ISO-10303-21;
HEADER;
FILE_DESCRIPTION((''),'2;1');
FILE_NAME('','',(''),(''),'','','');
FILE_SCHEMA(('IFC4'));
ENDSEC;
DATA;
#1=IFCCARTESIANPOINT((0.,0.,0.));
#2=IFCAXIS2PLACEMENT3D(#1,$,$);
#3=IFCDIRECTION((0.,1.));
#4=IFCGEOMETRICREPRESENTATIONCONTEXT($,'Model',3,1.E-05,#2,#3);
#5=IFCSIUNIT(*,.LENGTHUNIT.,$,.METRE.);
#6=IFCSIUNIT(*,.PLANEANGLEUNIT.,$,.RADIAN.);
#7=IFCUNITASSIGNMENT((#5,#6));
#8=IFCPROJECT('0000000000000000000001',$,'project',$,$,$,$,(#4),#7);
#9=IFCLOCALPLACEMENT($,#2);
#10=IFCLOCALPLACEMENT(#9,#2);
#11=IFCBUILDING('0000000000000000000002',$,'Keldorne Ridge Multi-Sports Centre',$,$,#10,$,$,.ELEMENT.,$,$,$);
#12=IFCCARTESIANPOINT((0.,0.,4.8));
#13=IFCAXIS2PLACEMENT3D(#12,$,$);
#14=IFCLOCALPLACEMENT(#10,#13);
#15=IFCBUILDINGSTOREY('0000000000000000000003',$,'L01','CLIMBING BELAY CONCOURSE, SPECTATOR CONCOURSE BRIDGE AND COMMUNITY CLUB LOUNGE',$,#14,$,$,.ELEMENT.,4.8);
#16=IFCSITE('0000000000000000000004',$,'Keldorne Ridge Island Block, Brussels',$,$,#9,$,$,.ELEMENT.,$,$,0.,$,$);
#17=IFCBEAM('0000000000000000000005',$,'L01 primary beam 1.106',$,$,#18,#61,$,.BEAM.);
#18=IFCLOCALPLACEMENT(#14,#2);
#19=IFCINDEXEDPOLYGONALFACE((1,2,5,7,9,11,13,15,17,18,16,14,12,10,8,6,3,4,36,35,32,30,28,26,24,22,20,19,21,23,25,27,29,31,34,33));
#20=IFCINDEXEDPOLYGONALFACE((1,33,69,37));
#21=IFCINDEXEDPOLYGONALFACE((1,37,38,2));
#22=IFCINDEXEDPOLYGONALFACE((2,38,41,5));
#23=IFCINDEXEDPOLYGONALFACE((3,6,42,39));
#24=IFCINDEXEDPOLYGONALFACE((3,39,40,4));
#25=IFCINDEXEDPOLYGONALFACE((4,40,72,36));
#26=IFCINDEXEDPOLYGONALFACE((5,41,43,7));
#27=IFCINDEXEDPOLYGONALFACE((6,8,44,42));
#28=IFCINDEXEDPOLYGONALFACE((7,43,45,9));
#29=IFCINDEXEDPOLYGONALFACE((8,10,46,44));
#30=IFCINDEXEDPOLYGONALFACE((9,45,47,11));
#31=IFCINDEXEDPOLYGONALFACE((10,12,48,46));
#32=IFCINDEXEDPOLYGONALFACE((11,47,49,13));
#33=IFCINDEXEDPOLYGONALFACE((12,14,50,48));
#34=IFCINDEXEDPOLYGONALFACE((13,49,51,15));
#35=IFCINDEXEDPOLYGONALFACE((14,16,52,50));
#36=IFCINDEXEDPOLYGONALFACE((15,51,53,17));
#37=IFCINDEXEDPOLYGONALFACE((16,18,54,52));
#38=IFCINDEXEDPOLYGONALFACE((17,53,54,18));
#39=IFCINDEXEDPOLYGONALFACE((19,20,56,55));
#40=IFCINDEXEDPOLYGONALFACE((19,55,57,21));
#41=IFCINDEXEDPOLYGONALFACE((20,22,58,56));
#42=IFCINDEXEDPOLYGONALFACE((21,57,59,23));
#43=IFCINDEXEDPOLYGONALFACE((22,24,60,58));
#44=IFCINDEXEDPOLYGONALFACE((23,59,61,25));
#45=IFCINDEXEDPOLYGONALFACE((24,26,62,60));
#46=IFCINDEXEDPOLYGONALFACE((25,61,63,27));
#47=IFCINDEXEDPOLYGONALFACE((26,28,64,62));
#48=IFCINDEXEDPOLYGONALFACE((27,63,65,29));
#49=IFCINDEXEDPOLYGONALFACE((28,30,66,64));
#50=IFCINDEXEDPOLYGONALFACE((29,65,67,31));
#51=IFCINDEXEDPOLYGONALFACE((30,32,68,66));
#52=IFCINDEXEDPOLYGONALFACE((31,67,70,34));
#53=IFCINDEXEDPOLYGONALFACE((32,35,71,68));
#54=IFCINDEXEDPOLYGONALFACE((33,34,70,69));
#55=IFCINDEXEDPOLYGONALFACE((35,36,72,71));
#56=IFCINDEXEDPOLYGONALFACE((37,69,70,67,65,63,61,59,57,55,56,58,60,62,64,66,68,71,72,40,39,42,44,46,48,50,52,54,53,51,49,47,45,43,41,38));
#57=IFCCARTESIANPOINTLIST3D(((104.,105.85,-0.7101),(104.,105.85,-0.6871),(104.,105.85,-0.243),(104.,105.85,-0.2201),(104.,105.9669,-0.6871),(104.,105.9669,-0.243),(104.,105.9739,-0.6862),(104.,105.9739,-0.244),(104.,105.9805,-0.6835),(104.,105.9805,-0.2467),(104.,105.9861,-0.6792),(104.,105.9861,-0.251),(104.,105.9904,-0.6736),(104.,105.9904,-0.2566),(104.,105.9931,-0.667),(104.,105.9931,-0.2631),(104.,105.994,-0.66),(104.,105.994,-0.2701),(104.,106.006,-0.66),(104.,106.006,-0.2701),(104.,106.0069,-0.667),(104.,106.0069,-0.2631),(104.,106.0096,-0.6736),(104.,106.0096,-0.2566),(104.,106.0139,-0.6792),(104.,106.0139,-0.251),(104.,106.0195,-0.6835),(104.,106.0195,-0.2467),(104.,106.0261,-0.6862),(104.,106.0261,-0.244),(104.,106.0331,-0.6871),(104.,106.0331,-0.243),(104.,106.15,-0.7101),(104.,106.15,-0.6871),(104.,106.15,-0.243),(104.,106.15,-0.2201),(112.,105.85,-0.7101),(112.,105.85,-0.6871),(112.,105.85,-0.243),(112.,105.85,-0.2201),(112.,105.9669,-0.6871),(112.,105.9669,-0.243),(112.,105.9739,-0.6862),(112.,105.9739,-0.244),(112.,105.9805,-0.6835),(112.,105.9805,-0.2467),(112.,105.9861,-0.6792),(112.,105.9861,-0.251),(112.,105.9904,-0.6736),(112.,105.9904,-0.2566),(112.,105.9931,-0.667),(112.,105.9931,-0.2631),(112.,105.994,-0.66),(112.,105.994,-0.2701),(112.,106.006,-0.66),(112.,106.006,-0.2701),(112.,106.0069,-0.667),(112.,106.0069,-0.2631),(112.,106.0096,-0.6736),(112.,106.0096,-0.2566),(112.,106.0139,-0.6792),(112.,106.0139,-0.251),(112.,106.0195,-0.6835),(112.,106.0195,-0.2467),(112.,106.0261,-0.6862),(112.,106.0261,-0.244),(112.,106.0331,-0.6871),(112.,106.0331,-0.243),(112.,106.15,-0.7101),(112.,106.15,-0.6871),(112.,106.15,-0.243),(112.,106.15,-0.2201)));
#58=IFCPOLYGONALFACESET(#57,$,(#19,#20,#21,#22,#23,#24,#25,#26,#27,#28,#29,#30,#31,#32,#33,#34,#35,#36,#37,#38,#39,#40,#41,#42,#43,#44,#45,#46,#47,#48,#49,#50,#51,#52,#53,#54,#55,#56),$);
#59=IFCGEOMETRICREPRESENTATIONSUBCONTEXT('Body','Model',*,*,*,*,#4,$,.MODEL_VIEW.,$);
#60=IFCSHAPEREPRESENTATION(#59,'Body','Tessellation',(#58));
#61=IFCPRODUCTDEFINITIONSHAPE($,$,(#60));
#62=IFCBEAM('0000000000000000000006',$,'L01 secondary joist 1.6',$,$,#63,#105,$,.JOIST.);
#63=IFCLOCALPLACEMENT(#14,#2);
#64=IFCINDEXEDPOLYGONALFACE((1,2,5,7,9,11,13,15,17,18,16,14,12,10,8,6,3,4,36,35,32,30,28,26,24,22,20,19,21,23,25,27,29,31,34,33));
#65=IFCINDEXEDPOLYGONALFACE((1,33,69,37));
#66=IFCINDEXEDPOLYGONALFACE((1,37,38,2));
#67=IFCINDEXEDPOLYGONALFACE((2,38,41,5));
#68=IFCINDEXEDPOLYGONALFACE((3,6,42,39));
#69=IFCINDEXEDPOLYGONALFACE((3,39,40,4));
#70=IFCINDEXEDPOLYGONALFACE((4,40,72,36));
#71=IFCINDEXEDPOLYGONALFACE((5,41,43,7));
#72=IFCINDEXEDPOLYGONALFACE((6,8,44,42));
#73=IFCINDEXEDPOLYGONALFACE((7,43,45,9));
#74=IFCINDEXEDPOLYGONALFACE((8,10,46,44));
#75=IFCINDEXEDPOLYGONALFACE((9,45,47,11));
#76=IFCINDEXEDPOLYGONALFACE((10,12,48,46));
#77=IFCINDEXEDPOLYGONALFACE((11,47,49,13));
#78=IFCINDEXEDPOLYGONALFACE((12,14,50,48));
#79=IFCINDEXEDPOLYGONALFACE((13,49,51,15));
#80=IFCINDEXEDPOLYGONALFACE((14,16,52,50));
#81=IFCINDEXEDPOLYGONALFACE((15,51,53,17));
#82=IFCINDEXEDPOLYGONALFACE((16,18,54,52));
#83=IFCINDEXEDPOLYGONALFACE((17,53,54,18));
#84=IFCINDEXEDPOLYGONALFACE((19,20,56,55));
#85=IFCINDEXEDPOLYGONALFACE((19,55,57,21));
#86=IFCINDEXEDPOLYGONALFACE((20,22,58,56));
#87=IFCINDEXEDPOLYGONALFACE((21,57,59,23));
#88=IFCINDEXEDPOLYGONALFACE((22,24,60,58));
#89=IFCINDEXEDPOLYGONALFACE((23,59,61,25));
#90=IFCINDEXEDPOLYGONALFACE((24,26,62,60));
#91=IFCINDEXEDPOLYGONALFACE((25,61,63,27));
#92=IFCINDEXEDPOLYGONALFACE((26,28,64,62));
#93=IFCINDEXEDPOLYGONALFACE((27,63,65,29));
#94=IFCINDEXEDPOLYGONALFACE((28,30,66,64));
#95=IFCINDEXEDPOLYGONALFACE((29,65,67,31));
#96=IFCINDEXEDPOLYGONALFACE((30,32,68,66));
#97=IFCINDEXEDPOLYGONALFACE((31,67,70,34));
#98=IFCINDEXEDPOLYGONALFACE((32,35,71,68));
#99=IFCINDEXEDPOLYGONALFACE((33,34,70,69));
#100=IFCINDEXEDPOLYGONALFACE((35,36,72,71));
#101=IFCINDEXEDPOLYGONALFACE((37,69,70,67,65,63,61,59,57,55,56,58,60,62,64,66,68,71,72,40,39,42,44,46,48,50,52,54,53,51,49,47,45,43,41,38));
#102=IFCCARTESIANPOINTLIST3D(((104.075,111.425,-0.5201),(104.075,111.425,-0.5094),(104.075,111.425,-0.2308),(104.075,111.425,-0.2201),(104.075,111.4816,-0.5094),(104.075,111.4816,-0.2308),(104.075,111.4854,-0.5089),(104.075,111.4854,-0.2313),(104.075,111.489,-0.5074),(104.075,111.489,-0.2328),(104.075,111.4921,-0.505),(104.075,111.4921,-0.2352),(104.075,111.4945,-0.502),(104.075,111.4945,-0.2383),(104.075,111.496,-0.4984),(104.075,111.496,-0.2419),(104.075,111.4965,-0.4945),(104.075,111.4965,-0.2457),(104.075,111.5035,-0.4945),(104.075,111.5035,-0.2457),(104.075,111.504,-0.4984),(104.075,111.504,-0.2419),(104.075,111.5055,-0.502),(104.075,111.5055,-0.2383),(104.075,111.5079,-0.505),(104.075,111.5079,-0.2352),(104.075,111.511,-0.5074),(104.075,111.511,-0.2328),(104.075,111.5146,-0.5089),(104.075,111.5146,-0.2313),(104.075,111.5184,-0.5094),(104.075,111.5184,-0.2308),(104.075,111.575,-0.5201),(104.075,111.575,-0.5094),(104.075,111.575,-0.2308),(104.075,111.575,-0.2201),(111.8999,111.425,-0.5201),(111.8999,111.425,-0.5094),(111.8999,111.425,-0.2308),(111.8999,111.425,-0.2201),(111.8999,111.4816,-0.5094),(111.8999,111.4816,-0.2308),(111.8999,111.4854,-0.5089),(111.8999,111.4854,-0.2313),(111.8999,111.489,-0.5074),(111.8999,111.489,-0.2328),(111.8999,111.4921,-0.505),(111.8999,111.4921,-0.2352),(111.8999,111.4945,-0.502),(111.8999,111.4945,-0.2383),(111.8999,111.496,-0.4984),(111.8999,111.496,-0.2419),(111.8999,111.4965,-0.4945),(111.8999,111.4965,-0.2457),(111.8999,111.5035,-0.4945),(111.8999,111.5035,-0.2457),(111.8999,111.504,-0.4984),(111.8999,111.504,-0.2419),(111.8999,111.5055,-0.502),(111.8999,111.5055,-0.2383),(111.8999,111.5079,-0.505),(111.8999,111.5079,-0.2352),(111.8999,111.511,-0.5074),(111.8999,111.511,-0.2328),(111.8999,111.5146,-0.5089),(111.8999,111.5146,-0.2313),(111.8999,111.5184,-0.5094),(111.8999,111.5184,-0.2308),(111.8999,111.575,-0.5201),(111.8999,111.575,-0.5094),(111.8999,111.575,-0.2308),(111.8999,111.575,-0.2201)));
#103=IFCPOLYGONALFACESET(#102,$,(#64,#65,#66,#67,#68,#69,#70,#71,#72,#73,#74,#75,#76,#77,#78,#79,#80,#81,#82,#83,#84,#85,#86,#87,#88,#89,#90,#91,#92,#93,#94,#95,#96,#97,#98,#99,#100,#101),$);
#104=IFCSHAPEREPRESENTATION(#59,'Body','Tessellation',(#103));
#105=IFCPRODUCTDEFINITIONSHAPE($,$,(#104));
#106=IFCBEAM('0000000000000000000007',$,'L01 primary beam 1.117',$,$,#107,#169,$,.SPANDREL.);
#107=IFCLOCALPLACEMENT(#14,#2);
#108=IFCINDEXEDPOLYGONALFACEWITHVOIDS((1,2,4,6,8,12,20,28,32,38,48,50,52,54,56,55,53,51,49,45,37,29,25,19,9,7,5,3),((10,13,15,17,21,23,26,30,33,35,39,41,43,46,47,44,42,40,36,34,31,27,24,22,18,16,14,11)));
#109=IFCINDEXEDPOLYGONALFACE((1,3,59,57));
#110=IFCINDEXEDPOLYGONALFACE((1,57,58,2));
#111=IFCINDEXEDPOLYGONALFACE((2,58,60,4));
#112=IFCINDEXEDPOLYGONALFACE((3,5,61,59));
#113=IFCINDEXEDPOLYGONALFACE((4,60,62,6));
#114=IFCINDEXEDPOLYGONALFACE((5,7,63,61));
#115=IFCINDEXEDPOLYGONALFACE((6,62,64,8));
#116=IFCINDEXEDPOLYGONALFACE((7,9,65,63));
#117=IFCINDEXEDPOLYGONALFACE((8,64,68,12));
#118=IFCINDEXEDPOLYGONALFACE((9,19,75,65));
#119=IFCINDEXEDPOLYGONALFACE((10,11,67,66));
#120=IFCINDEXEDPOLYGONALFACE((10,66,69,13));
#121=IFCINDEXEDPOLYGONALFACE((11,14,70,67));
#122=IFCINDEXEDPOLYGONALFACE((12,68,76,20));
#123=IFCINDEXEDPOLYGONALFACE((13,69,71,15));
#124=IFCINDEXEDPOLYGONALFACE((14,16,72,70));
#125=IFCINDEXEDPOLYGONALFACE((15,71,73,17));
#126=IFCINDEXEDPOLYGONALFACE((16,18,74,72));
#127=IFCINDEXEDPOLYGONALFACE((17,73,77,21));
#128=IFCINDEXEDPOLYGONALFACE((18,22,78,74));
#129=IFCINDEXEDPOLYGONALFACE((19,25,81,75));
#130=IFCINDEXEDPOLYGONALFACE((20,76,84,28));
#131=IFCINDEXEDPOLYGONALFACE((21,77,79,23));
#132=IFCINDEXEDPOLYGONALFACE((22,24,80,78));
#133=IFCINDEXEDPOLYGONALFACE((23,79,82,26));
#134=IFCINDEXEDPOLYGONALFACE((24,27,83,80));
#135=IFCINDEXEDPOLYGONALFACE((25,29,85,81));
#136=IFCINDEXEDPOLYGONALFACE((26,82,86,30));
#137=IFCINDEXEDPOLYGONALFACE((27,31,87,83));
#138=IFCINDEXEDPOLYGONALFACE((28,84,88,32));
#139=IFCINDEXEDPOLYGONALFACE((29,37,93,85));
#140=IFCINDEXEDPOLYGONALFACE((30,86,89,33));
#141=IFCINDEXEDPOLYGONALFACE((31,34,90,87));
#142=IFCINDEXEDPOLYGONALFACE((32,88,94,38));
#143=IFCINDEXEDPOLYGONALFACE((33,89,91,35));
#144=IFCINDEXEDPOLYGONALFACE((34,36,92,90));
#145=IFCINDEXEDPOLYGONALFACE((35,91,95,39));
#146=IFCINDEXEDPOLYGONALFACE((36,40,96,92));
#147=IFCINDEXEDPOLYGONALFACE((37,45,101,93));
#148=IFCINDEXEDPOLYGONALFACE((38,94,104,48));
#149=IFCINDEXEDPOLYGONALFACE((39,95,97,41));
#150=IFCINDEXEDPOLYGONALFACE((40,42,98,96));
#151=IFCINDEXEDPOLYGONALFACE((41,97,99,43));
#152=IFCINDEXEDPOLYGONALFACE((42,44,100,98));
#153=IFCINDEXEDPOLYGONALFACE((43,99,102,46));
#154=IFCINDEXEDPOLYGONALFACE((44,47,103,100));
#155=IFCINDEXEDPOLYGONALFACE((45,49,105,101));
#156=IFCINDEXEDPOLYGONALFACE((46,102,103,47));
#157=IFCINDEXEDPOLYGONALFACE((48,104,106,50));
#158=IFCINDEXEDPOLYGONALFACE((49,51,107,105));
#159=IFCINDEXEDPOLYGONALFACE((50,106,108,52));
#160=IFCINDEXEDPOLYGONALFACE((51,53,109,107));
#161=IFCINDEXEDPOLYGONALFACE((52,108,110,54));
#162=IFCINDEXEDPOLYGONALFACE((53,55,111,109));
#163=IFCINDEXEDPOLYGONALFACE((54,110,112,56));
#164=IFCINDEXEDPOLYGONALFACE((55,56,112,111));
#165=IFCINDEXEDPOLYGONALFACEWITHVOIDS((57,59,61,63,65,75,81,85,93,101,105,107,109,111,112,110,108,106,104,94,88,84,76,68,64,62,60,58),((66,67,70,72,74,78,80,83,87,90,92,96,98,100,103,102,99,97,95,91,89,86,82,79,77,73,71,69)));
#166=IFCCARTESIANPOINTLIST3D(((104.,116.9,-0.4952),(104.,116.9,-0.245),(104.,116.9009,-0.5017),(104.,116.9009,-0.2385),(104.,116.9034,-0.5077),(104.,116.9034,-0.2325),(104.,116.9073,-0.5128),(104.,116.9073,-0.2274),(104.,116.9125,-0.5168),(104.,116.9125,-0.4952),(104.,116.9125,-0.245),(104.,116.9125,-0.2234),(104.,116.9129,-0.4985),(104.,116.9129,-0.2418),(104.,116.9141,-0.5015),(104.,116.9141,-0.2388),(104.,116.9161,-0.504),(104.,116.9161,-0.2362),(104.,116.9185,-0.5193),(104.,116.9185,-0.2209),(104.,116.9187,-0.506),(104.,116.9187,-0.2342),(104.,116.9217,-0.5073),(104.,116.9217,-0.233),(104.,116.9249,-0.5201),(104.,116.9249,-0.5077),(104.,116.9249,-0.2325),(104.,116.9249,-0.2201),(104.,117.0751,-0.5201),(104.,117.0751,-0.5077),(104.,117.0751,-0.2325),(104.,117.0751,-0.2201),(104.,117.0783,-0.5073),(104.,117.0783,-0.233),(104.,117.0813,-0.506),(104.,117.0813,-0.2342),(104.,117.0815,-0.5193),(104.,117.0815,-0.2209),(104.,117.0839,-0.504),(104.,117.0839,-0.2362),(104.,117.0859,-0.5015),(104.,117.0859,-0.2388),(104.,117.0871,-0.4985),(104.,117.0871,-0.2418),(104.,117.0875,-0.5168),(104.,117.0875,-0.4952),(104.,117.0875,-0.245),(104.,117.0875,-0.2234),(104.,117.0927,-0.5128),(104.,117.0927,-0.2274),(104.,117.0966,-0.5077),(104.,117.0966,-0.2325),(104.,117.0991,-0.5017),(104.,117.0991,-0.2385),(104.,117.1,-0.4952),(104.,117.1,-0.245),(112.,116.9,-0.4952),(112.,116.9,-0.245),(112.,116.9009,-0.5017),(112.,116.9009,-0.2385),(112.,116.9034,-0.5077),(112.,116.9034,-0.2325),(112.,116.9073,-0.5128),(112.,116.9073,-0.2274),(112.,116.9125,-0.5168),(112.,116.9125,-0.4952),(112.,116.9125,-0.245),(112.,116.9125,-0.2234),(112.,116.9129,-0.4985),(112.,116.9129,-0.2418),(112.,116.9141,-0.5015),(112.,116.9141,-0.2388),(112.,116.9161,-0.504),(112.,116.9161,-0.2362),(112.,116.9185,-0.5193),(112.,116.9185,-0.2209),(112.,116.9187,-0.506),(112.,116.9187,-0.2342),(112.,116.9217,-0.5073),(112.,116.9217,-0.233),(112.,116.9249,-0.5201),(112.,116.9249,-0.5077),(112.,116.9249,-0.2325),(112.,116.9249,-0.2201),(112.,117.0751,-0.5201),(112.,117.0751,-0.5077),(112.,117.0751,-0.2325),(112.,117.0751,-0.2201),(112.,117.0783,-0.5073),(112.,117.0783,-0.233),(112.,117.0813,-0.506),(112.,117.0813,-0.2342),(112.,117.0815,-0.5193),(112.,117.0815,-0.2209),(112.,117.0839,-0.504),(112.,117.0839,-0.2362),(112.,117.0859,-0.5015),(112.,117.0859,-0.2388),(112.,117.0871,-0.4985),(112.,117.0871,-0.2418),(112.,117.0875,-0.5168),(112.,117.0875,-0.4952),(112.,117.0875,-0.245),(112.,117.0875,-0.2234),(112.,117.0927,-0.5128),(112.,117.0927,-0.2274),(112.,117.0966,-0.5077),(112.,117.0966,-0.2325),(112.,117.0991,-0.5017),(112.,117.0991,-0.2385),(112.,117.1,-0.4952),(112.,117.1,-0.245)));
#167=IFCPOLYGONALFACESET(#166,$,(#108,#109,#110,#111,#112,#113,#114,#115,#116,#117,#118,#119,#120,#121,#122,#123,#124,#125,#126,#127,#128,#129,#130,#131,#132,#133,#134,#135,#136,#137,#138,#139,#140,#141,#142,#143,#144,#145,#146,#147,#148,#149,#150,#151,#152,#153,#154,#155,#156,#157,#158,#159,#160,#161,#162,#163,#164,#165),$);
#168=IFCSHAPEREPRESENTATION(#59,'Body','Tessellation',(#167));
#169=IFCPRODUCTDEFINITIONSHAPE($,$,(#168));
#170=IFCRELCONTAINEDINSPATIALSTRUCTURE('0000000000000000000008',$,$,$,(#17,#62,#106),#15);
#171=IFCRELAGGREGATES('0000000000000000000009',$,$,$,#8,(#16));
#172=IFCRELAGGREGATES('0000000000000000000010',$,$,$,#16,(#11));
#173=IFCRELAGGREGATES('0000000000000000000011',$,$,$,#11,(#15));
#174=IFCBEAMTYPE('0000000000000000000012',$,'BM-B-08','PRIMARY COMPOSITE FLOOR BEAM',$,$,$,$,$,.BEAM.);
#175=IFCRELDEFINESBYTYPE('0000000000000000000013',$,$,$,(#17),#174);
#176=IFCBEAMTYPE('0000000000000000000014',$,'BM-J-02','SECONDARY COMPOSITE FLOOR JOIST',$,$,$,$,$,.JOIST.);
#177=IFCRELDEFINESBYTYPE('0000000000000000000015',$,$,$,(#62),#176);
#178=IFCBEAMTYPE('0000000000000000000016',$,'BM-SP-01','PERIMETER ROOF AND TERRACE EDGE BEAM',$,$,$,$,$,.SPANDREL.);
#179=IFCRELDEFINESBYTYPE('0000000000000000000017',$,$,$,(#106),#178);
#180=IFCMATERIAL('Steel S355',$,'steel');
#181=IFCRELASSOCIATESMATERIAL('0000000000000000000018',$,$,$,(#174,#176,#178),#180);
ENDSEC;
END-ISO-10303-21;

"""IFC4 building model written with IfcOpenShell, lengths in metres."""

from ifc_helpers import new_model, si_unit, direction, frame, origin, origin_2d, place, context, subcontext, project, spatial, hollow_rectangle, i_section, extrude, material, material_profile, profile_set, type_object, element, save


model = new_model("IFC4")

# Units and contexts
model_context = context("Model", 3, precision=1e-05, world=origin(), true_north=direction((0.0, 1.0)))
body_context = subcontext(model_context, "Body", "Model", "MODEL_VIEW")
ifc_project = project(units=[si_unit("LENGTHUNIT", "METRE"), si_unit("PLANEANGLEUNIT", "RADIAN")], contexts=[model_context])

# Site, building, storey
site_placement = place(None, origin())
site = spatial("IfcSite", under=ifc_project, at=site_placement, Name="Keldorne Ridge Island Block, Brussels", CompositionType="ELEMENT", RefElevation=0.0)
building_placement = place(site_placement, origin())
building = spatial("IfcBuilding", under=site, at=building_placement, Name="Keldorne Ridge Multi-Sports Centre", CompositionType="ELEMENT")
storey_placement = place(building_placement, frame((0.0, 0.0, 4.8)))
storey = spatial("IfcBuildingStorey", under=building, at=storey_placement, Name="L01", Description="CLIMBING BELAY CONCOURSE, SPECTATOR CONCOURSE BRIDGE AND COMMUNITY CLUB LOUNGE", CompositionType="ELEMENT", Elevation=4.8)

# Beams
ifc_material_1 = material(Name="Steel S355", Category="steel")
ifc_material_profile_1 = material_profile(ifc_material_1, i_section(OverallWidth=0.3, OverallDepth=0.49, WebThickness=0.012, FlangeThickness=0.0229, FilletRadius=0.0271, at=origin_2d()), Name="HEA 500")
ifc_profile_set_1 = profile_set([ifc_material_profile_1], Name="Steel S355")
beam_type_1 = type_object("IfcBeamType", Name="BM-B-08", Description="PRIMARY COMPOSITE FLOOR BEAM", PredefinedType="BEAM", material=ifc_profile_set_1)
beam_1_placement = place(storey_placement, frame((104.0, 106.0, -0.4651), z_axis=(1.0, 0.0, 0.0), x_axis=(0.0, 1.0, 0.0)))
element("IfcBeam", 1, at=beam_1_placement, inside=storey, type_object=beam_type_1, Name="L01 primary beam 1.106", PredefinedType="BEAM", context=body_context, shape_type="SweptSolid", body=[
    extrude(i_section(OverallWidth=0.3, OverallDepth=0.49, WebThickness=0.012, FlangeThickness=0.0229, FilletRadius=0.0271, at=origin_2d()), origin(), (0.0, 0.0, 1.0), 8.0),
])
ifc_material_profile_2 = material_profile(ifc_material_1, i_section(OverallWidth=0.1499, OverallDepth=0.3, WebThickness=0.0071, FlangeThickness=0.0107, FilletRadius=0.0149, at=origin_2d()), Name="IPE 300")
ifc_profile_set_2 = profile_set([ifc_material_profile_2], Name="Steel S355")
beam_type_2 = type_object("IfcBeamType", Name="BM-J-02", Description="SECONDARY COMPOSITE FLOOR JOIST", PredefinedType="JOIST", material=ifc_profile_set_2)
beam_2_placement = place(storey_placement, frame((104.075, 111.5, -0.3701), z_axis=(1.0, 0.0, 0.0), x_axis=(0.0, 1.0, 0.0)))
element("IfcBeam", 2, at=beam_2_placement, inside=storey, type_object=beam_type_2, Name="L01 secondary joist 1.6", PredefinedType="JOIST", context=body_context, shape_type="SweptSolid", body=[
    extrude(i_section(OverallWidth=0.1499, OverallDepth=0.3, WebThickness=0.0071, FlangeThickness=0.0107, FilletRadius=0.0149, at=origin_2d()), origin(), (0.0, 0.0, 1.0), 7.825),
])
ifc_material_profile_3 = material_profile(ifc_material_1, hollow_rectangle(XDim=0.2, YDim=0.3, WallThickness=0.0125, InnerFilletRadius=0.0125, OuterFilletRadius=0.0249, at=origin_2d()), Name="RHS 300x200x12.5")
ifc_profile_set_3 = profile_set([ifc_material_profile_3], Name="Steel S355")
beam_type_3 = type_object("IfcBeamType", Name="BM-SP-01", Description="PERIMETER ROOF AND TERRACE EDGE BEAM", PredefinedType="SPANDREL", material=ifc_profile_set_3)
beam_3_placement = place(storey_placement, frame((104.0, 117.0, -0.3701), z_axis=(1.0, 0.0, 0.0), x_axis=(0.0, 1.0, 0.0)))
element("IfcBeam", 3, at=beam_3_placement, inside=storey, type_object=beam_type_3, Name="L01 primary beam 1.117", PredefinedType="SPANDREL", context=body_context, shape_type="SweptSolid", body=[
    extrude(hollow_rectangle(XDim=0.2, YDim=0.3, WallThickness=0.0125, InnerFilletRadius=0.0125, OuterFilletRadius=0.0249, at=origin_2d()), origin(), (0.0, 0.0, 1.0), 8.0),
])

save(model, "model.ifc")
